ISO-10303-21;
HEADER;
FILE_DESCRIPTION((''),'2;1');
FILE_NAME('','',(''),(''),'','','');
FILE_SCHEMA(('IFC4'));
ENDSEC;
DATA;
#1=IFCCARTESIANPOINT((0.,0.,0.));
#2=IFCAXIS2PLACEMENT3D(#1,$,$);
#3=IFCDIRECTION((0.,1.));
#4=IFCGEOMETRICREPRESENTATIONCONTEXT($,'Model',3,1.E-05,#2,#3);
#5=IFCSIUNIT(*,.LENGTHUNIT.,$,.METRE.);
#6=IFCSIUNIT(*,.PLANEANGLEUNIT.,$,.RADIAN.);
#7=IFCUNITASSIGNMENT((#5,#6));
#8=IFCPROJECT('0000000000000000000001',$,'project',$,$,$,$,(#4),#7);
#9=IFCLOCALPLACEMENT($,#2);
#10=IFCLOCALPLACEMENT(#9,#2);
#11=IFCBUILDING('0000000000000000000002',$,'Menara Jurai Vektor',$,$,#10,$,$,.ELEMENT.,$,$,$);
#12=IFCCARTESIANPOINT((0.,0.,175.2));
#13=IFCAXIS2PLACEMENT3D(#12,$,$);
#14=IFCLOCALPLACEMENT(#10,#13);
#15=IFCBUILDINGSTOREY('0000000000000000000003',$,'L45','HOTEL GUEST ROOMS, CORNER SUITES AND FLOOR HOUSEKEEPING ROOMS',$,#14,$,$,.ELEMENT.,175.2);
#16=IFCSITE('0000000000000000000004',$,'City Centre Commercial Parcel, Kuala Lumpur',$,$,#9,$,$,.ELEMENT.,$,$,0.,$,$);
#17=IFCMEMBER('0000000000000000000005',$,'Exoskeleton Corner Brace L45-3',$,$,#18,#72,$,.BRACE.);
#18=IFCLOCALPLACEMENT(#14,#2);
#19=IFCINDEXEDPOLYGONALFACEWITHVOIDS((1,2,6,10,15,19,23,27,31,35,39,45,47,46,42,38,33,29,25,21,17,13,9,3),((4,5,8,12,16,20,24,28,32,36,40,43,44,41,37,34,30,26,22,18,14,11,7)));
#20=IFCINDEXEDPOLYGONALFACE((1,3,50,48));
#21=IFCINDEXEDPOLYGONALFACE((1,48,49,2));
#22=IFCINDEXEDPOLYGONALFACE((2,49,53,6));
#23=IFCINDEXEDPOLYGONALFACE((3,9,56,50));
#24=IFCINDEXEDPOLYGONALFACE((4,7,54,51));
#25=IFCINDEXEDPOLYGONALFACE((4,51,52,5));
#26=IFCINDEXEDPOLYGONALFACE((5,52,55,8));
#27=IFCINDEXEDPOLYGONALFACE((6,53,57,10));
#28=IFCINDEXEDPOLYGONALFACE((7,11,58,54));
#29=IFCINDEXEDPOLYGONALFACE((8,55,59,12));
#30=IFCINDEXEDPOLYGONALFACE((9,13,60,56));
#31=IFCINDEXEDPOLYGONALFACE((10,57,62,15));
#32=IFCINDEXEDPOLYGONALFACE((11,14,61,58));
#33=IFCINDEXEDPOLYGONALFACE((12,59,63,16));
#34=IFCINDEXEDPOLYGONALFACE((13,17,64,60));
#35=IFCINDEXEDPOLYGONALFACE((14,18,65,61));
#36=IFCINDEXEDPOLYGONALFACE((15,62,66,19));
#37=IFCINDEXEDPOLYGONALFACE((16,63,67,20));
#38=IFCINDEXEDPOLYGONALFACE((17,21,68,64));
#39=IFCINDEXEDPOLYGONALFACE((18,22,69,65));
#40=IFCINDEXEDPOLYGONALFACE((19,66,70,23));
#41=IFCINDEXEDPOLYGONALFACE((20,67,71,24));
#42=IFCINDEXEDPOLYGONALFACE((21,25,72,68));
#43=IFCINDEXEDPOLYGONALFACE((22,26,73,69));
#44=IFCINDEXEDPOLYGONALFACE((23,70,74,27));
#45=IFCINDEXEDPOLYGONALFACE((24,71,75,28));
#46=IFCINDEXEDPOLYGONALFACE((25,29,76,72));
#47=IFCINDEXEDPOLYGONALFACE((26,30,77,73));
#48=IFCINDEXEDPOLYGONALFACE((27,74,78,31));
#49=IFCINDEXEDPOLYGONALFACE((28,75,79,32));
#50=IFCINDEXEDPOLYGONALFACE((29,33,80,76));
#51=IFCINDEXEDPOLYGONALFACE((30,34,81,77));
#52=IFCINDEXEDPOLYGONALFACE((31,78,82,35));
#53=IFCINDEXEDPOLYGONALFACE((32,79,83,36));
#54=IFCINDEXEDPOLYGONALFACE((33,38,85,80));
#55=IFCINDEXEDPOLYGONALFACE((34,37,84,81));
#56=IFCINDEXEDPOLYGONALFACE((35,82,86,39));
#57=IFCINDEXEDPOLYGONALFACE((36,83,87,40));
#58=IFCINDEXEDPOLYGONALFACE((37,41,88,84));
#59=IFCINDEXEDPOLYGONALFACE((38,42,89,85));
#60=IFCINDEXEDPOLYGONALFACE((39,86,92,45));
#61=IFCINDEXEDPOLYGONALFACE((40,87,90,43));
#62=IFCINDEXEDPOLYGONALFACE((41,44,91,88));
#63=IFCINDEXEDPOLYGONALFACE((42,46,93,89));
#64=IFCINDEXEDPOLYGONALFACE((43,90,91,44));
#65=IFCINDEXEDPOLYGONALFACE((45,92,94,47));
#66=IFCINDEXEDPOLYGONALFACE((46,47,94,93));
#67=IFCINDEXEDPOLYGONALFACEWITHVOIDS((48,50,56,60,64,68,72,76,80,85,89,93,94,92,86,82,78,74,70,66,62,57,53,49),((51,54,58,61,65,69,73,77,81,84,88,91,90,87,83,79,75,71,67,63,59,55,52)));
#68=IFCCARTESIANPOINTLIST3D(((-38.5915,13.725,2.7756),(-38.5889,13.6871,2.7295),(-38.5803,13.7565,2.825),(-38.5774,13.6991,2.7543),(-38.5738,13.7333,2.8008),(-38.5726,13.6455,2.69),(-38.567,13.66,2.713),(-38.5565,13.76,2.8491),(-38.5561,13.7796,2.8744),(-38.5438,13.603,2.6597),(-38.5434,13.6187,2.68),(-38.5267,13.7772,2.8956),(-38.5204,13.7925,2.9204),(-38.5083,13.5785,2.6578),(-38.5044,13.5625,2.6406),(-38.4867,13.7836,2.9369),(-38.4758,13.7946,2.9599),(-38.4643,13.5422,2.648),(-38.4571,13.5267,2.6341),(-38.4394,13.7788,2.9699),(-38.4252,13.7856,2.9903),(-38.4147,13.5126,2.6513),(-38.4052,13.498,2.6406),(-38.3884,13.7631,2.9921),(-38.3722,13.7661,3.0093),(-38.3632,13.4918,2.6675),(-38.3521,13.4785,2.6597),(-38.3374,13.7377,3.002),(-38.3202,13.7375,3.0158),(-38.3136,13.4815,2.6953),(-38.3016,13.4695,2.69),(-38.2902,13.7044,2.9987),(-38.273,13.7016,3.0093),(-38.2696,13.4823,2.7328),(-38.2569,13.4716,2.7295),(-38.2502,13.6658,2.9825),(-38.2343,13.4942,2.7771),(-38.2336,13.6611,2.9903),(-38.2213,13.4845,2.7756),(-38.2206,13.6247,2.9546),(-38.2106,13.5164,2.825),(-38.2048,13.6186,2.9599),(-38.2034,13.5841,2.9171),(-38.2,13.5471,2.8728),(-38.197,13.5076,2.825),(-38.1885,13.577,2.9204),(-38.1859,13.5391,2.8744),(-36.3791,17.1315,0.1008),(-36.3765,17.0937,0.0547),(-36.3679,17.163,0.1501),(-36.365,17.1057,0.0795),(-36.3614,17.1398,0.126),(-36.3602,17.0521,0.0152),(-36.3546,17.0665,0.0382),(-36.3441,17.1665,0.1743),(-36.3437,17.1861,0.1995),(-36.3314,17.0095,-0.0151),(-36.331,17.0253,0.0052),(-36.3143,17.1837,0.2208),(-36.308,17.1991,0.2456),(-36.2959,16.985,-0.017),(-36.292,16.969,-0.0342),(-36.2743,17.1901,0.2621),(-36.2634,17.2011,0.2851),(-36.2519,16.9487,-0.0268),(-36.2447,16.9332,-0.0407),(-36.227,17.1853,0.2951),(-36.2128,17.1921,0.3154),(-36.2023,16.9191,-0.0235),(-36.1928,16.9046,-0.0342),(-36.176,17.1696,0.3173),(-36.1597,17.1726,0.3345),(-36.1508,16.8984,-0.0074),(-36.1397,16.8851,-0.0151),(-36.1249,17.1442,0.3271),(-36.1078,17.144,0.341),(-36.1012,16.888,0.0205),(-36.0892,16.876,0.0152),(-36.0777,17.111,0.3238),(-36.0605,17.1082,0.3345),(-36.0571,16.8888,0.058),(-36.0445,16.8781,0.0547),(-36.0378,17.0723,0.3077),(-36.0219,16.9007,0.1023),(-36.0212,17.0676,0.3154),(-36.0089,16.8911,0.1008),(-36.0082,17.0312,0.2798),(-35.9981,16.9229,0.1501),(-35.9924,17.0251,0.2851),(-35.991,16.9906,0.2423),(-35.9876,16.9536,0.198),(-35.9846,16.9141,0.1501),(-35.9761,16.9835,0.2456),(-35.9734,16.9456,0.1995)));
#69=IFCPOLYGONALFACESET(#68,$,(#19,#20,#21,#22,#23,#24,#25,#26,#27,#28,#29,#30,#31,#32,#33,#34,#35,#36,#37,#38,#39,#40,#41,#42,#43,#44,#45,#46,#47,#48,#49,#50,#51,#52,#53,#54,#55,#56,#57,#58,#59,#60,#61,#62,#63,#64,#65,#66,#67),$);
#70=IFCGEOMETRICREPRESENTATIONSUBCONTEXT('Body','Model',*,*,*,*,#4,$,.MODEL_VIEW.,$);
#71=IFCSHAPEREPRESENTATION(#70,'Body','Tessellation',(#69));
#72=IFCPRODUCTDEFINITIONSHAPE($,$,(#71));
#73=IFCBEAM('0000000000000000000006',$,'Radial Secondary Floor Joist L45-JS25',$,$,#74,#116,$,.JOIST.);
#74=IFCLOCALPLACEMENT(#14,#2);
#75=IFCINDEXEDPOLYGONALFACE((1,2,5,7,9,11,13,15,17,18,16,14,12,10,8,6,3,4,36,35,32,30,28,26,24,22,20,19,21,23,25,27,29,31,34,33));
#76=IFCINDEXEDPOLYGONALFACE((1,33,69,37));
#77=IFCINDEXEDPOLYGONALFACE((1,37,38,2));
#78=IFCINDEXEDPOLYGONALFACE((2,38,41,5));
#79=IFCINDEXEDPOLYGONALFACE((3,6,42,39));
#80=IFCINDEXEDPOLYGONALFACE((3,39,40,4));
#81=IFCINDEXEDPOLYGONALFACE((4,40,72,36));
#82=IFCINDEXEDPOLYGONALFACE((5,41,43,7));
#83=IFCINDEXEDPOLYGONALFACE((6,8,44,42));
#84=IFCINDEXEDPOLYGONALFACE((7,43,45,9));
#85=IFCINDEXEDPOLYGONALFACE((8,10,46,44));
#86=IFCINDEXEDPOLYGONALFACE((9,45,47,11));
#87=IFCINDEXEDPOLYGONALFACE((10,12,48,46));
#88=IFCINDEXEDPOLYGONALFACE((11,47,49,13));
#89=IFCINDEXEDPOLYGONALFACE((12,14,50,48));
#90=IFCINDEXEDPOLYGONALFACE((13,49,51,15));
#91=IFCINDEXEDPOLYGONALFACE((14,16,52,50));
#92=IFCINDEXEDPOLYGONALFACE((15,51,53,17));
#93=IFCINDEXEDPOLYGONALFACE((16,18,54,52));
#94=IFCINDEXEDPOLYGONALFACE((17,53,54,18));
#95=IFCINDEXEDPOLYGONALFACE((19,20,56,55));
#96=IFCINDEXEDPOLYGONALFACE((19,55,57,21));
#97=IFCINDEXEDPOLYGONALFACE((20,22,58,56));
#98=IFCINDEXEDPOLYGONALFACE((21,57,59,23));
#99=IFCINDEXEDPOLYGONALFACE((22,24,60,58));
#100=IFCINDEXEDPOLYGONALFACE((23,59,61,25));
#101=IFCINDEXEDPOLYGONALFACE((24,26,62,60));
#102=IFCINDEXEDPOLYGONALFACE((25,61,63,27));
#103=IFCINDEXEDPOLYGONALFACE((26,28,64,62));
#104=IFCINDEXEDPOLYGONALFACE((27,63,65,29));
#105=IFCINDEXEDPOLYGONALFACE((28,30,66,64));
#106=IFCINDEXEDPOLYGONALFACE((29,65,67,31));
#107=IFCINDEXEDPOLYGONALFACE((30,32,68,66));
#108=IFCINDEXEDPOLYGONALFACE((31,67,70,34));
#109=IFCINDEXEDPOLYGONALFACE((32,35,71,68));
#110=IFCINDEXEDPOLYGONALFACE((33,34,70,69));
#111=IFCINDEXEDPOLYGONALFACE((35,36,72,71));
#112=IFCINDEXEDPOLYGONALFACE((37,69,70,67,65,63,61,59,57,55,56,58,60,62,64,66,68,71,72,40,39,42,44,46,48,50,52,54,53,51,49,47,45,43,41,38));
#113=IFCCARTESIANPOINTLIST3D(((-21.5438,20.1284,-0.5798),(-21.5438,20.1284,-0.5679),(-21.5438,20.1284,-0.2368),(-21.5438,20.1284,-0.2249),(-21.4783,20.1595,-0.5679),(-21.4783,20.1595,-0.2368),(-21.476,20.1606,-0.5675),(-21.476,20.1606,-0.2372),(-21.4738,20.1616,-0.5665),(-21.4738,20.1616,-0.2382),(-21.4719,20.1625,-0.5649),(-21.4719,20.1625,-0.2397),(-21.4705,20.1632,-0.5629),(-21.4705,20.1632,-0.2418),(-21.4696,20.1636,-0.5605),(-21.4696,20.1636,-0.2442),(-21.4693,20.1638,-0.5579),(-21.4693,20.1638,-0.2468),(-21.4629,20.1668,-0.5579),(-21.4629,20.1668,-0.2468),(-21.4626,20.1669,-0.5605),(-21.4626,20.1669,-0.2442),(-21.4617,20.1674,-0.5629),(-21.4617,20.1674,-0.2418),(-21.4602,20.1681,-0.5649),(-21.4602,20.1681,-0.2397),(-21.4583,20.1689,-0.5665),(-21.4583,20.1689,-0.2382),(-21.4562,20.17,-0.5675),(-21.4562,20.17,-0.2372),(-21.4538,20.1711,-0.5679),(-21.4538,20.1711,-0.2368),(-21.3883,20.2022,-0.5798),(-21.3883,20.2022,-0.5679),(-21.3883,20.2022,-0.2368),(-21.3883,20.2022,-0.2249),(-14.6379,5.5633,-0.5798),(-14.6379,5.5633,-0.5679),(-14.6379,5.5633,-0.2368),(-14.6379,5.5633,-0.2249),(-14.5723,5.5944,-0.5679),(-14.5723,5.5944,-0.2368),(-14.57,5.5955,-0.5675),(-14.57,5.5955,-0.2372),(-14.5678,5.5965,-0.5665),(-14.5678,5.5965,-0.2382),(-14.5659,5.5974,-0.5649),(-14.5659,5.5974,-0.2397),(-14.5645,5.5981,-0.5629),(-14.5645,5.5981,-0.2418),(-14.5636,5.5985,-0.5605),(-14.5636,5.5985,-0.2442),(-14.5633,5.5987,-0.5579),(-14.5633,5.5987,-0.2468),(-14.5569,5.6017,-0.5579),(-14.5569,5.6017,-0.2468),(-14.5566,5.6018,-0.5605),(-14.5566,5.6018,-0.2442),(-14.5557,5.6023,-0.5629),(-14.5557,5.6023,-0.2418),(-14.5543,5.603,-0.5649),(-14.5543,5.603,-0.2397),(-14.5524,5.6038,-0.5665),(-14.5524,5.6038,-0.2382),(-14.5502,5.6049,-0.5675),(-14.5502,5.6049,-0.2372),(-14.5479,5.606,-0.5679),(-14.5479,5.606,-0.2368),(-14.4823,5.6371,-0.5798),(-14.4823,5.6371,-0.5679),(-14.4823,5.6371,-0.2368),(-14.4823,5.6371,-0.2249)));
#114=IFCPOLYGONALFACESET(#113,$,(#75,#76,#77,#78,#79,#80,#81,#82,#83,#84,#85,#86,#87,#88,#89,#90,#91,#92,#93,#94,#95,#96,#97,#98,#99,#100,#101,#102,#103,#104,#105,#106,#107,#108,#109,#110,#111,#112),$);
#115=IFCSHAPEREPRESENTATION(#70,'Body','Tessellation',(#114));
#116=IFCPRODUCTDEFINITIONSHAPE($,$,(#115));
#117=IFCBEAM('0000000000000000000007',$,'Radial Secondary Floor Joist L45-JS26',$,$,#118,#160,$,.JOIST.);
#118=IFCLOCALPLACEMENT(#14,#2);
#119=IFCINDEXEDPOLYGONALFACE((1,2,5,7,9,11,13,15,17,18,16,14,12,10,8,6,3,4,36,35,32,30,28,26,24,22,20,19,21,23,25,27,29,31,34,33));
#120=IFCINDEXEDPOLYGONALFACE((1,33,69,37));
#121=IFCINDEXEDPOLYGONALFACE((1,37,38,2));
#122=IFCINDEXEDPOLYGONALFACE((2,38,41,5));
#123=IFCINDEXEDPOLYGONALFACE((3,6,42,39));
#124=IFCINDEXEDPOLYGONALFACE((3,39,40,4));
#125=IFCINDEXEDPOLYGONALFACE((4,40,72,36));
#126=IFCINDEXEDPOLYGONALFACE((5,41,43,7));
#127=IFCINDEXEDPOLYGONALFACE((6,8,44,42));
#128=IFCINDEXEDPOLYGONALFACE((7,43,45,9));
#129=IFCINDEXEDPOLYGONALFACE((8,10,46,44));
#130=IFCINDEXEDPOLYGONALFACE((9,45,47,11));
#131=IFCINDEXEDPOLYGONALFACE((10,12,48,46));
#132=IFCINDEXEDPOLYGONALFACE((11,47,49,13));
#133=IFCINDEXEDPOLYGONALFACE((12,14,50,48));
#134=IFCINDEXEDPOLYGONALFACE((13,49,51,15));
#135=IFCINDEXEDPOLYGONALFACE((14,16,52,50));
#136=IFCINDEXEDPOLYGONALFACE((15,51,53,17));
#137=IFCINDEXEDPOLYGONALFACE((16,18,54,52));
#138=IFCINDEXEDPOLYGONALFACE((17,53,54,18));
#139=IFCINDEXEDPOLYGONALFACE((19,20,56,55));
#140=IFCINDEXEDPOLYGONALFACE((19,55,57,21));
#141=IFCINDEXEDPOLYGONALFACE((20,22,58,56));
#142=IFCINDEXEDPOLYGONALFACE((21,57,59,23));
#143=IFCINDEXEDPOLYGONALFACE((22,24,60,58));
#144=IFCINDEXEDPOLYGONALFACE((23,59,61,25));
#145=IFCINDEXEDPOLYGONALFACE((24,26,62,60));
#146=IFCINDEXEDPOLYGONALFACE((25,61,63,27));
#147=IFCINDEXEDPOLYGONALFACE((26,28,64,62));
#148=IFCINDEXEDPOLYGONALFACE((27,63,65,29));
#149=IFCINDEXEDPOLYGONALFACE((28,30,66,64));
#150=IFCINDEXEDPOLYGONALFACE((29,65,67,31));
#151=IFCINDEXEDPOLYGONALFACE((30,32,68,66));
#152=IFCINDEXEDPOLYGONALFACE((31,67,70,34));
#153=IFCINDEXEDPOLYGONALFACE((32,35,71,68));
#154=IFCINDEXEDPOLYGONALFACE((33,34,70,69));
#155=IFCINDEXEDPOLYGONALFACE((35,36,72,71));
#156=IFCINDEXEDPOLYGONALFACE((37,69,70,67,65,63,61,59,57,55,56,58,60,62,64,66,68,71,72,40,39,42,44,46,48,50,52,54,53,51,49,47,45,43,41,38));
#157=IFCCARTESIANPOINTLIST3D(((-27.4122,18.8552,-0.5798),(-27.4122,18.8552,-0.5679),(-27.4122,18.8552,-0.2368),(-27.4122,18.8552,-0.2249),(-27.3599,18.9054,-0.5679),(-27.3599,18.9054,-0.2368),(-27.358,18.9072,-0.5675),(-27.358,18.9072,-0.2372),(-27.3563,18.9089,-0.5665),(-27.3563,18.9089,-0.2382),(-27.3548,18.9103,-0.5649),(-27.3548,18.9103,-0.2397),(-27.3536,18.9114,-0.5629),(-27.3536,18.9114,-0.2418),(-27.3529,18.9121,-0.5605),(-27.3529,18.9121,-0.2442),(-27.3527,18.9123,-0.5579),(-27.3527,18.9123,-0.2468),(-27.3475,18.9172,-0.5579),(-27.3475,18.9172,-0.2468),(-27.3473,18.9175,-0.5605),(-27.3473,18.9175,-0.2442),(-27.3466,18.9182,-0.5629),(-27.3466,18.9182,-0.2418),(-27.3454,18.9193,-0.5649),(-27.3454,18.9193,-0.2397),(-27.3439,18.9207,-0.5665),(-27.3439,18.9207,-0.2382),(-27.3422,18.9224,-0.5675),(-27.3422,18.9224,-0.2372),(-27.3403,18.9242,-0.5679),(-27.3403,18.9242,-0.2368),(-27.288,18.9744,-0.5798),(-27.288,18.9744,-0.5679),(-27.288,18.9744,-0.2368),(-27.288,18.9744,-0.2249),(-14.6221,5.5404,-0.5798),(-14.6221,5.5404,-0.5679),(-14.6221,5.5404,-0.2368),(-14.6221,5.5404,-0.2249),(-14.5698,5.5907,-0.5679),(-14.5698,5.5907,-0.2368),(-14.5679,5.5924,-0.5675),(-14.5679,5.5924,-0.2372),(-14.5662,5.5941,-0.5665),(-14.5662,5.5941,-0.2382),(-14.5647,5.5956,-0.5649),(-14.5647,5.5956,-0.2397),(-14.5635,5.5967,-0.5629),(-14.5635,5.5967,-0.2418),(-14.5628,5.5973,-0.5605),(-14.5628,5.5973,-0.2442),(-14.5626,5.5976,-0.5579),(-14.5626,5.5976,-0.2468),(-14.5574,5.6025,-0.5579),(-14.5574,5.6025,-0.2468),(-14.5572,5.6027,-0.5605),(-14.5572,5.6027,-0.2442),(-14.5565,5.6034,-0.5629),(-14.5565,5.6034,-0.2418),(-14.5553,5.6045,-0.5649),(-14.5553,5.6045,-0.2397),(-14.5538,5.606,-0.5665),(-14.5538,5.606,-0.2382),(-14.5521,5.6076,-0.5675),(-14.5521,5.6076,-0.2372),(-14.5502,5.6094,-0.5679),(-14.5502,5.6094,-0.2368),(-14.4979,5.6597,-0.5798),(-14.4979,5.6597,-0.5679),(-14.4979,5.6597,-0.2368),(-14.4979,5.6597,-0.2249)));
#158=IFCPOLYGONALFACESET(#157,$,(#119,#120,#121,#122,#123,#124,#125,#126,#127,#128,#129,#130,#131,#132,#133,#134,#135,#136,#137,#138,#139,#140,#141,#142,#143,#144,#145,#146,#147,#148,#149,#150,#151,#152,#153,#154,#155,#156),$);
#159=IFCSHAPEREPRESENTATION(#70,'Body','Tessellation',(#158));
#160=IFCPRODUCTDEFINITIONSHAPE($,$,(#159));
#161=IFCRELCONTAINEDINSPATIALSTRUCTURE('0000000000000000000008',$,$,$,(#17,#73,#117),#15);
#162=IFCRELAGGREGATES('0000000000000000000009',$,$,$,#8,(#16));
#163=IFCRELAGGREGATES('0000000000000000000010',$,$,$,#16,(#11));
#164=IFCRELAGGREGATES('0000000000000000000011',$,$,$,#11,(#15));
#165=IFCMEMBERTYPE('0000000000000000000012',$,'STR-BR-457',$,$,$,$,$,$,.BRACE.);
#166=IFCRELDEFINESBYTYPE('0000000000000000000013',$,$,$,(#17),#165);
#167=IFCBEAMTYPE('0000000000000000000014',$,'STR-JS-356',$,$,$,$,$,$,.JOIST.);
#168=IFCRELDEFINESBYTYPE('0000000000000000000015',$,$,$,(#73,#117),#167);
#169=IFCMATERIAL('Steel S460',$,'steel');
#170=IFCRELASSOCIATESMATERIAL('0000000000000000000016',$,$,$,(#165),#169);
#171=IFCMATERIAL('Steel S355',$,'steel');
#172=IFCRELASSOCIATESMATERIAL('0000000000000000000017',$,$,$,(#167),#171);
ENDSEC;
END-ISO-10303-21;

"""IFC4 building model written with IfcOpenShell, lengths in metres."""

from ifc_helpers import new_model, si_unit, direction, frame, origin, origin_2d, place, context, subcontext, project, spatial, hollow_circle, i_section, extrude, material, material_profile, profile_set, type_object, element, save


model = new_model("IFC4")

# Units and contexts
model_context = context("Model", 3, precision=1e-05, world=origin(), true_north=direction((0.0, 1.0)))
body_context = subcontext(model_context, "Body", "Model", "MODEL_VIEW")
ifc_project = project(units=[si_unit("LENGTHUNIT", "METRE"), si_unit("PLANEANGLEUNIT", "RADIAN")], contexts=[model_context])

# Site, building, storey
site_placement = place(None, origin())
site = spatial("IfcSite", under=ifc_project, at=site_placement, Name="City Centre Commercial Parcel, Kuala Lumpur", CompositionType="ELEMENT", RefElevation=0.0)
building_placement = place(site_placement, origin())
building = spatial("IfcBuilding", under=site, at=building_placement, Name="Menara Jurai Vektor", CompositionType="ELEMENT")
storey_placement = place(building_placement, frame((0.0, 0.0, 175.2)))
storey = spatial("IfcBuildingStorey", under=building, at=storey_placement, Name="L45", Description="HOTEL GUEST ROOMS, CORNER SUITES AND FLOOR HOUSEKEEPING ROOMS", CompositionType="ELEMENT", Elevation=175.2)

# Shared definitions
ifc_material_1 = material(Name="Steel S460", Category="steel")

# Shared definitions
ifc_material_2 = material(Name="Steel S355", Category="steel")

# Member
ifc_material_profile_1 = material_profile(ifc_material_1, hollow_circle(Radius=0.2285, WallThickness=0.0161, at=origin_2d()), Name="CHS 457x16")
ifc_profile_set_1 = profile_set([ifc_material_profile_1], Name="Steel S460")
member_type_1 = type_object("IfcMemberType", Name="STR-BR-457", PredefinedType="BRACE", material=ifc_profile_set_1)
member_1_placement = place(storey_placement, frame((-36.1763, 17.0386, 0.1501), z_axis=(-0.4549, -0.700422, 0.549977), x_axis=(0.838648, -0.544674, 0.0)))
element("IfcMember", 1, at=member_1_placement, inside=storey, type_object=member_type_1, Name="Exoskeleton Corner Brace L45-3", PredefinedType="BRACE", context=body_context, shape_type="SweptSolid", body=[
    extrude(hollow_circle(Radius=0.2285, WallThickness=0.0161, at=origin_2d()), origin(), (0.0, 0.0, 1.0), 4.8635),
])

# Beams
ifc_material_profile_2 = material_profile(ifc_material_2, i_section(OverallWidth=0.1721, OverallDepth=0.355, WebThickness=0.0071, FlangeThickness=0.012, FilletRadius=0.01, at=origin_2d()), Name="UKB 356x171x51")
ifc_profile_set_2 = profile_set([ifc_material_profile_2], Name="Steel S355")
beam_type_1 = type_object("IfcBeamType", Name="STR-JS-356", PredefinedType="JOIST", material=ifc_profile_set_2)
beam_1_placement = place(storey_placement, frame((-21.4661, 20.1653, -0.4023), z_axis=(0.428426, -0.903577, 0.0), x_axis=(0.903577, 0.428426, 0.0)))
element("IfcBeam", 2, at=beam_1_placement, inside=storey, type_object=beam_type_1, Name="Radial Secondary Floor Joist L45-JS25", PredefinedType="JOIST", context=body_context, shape_type="SweptSolid", body=[
    extrude(i_section(OverallWidth=0.1721, OverallDepth=0.355, WebThickness=0.0071, FlangeThickness=0.012, FilletRadius=0.01, at=origin_2d()), origin(), (0.0, 0.0, 1.0), 16.1194),
])
beam_2_placement = place(storey_placement, frame((-27.3501, 18.9148, -0.4023), z_axis=(0.692755, -0.721173, 0.0), x_axis=(0.721173, 0.692755, 0.0)))
element("IfcBeam", 3, at=beam_2_placement, inside=storey, type_object=beam_type_1, Name="Radial Secondary Floor Joist L45-JS26", PredefinedType="JOIST", context=body_context, shape_type="SweptSolid", body=[
    extrude(i_section(OverallWidth=0.1721, OverallDepth=0.355, WebThickness=0.0071, FlangeThickness=0.012, FilletRadius=0.01, at=origin_2d()), origin(), (0.0, 0.0, 1.0), 18.4626),
])

save(model, "model.ifc")
